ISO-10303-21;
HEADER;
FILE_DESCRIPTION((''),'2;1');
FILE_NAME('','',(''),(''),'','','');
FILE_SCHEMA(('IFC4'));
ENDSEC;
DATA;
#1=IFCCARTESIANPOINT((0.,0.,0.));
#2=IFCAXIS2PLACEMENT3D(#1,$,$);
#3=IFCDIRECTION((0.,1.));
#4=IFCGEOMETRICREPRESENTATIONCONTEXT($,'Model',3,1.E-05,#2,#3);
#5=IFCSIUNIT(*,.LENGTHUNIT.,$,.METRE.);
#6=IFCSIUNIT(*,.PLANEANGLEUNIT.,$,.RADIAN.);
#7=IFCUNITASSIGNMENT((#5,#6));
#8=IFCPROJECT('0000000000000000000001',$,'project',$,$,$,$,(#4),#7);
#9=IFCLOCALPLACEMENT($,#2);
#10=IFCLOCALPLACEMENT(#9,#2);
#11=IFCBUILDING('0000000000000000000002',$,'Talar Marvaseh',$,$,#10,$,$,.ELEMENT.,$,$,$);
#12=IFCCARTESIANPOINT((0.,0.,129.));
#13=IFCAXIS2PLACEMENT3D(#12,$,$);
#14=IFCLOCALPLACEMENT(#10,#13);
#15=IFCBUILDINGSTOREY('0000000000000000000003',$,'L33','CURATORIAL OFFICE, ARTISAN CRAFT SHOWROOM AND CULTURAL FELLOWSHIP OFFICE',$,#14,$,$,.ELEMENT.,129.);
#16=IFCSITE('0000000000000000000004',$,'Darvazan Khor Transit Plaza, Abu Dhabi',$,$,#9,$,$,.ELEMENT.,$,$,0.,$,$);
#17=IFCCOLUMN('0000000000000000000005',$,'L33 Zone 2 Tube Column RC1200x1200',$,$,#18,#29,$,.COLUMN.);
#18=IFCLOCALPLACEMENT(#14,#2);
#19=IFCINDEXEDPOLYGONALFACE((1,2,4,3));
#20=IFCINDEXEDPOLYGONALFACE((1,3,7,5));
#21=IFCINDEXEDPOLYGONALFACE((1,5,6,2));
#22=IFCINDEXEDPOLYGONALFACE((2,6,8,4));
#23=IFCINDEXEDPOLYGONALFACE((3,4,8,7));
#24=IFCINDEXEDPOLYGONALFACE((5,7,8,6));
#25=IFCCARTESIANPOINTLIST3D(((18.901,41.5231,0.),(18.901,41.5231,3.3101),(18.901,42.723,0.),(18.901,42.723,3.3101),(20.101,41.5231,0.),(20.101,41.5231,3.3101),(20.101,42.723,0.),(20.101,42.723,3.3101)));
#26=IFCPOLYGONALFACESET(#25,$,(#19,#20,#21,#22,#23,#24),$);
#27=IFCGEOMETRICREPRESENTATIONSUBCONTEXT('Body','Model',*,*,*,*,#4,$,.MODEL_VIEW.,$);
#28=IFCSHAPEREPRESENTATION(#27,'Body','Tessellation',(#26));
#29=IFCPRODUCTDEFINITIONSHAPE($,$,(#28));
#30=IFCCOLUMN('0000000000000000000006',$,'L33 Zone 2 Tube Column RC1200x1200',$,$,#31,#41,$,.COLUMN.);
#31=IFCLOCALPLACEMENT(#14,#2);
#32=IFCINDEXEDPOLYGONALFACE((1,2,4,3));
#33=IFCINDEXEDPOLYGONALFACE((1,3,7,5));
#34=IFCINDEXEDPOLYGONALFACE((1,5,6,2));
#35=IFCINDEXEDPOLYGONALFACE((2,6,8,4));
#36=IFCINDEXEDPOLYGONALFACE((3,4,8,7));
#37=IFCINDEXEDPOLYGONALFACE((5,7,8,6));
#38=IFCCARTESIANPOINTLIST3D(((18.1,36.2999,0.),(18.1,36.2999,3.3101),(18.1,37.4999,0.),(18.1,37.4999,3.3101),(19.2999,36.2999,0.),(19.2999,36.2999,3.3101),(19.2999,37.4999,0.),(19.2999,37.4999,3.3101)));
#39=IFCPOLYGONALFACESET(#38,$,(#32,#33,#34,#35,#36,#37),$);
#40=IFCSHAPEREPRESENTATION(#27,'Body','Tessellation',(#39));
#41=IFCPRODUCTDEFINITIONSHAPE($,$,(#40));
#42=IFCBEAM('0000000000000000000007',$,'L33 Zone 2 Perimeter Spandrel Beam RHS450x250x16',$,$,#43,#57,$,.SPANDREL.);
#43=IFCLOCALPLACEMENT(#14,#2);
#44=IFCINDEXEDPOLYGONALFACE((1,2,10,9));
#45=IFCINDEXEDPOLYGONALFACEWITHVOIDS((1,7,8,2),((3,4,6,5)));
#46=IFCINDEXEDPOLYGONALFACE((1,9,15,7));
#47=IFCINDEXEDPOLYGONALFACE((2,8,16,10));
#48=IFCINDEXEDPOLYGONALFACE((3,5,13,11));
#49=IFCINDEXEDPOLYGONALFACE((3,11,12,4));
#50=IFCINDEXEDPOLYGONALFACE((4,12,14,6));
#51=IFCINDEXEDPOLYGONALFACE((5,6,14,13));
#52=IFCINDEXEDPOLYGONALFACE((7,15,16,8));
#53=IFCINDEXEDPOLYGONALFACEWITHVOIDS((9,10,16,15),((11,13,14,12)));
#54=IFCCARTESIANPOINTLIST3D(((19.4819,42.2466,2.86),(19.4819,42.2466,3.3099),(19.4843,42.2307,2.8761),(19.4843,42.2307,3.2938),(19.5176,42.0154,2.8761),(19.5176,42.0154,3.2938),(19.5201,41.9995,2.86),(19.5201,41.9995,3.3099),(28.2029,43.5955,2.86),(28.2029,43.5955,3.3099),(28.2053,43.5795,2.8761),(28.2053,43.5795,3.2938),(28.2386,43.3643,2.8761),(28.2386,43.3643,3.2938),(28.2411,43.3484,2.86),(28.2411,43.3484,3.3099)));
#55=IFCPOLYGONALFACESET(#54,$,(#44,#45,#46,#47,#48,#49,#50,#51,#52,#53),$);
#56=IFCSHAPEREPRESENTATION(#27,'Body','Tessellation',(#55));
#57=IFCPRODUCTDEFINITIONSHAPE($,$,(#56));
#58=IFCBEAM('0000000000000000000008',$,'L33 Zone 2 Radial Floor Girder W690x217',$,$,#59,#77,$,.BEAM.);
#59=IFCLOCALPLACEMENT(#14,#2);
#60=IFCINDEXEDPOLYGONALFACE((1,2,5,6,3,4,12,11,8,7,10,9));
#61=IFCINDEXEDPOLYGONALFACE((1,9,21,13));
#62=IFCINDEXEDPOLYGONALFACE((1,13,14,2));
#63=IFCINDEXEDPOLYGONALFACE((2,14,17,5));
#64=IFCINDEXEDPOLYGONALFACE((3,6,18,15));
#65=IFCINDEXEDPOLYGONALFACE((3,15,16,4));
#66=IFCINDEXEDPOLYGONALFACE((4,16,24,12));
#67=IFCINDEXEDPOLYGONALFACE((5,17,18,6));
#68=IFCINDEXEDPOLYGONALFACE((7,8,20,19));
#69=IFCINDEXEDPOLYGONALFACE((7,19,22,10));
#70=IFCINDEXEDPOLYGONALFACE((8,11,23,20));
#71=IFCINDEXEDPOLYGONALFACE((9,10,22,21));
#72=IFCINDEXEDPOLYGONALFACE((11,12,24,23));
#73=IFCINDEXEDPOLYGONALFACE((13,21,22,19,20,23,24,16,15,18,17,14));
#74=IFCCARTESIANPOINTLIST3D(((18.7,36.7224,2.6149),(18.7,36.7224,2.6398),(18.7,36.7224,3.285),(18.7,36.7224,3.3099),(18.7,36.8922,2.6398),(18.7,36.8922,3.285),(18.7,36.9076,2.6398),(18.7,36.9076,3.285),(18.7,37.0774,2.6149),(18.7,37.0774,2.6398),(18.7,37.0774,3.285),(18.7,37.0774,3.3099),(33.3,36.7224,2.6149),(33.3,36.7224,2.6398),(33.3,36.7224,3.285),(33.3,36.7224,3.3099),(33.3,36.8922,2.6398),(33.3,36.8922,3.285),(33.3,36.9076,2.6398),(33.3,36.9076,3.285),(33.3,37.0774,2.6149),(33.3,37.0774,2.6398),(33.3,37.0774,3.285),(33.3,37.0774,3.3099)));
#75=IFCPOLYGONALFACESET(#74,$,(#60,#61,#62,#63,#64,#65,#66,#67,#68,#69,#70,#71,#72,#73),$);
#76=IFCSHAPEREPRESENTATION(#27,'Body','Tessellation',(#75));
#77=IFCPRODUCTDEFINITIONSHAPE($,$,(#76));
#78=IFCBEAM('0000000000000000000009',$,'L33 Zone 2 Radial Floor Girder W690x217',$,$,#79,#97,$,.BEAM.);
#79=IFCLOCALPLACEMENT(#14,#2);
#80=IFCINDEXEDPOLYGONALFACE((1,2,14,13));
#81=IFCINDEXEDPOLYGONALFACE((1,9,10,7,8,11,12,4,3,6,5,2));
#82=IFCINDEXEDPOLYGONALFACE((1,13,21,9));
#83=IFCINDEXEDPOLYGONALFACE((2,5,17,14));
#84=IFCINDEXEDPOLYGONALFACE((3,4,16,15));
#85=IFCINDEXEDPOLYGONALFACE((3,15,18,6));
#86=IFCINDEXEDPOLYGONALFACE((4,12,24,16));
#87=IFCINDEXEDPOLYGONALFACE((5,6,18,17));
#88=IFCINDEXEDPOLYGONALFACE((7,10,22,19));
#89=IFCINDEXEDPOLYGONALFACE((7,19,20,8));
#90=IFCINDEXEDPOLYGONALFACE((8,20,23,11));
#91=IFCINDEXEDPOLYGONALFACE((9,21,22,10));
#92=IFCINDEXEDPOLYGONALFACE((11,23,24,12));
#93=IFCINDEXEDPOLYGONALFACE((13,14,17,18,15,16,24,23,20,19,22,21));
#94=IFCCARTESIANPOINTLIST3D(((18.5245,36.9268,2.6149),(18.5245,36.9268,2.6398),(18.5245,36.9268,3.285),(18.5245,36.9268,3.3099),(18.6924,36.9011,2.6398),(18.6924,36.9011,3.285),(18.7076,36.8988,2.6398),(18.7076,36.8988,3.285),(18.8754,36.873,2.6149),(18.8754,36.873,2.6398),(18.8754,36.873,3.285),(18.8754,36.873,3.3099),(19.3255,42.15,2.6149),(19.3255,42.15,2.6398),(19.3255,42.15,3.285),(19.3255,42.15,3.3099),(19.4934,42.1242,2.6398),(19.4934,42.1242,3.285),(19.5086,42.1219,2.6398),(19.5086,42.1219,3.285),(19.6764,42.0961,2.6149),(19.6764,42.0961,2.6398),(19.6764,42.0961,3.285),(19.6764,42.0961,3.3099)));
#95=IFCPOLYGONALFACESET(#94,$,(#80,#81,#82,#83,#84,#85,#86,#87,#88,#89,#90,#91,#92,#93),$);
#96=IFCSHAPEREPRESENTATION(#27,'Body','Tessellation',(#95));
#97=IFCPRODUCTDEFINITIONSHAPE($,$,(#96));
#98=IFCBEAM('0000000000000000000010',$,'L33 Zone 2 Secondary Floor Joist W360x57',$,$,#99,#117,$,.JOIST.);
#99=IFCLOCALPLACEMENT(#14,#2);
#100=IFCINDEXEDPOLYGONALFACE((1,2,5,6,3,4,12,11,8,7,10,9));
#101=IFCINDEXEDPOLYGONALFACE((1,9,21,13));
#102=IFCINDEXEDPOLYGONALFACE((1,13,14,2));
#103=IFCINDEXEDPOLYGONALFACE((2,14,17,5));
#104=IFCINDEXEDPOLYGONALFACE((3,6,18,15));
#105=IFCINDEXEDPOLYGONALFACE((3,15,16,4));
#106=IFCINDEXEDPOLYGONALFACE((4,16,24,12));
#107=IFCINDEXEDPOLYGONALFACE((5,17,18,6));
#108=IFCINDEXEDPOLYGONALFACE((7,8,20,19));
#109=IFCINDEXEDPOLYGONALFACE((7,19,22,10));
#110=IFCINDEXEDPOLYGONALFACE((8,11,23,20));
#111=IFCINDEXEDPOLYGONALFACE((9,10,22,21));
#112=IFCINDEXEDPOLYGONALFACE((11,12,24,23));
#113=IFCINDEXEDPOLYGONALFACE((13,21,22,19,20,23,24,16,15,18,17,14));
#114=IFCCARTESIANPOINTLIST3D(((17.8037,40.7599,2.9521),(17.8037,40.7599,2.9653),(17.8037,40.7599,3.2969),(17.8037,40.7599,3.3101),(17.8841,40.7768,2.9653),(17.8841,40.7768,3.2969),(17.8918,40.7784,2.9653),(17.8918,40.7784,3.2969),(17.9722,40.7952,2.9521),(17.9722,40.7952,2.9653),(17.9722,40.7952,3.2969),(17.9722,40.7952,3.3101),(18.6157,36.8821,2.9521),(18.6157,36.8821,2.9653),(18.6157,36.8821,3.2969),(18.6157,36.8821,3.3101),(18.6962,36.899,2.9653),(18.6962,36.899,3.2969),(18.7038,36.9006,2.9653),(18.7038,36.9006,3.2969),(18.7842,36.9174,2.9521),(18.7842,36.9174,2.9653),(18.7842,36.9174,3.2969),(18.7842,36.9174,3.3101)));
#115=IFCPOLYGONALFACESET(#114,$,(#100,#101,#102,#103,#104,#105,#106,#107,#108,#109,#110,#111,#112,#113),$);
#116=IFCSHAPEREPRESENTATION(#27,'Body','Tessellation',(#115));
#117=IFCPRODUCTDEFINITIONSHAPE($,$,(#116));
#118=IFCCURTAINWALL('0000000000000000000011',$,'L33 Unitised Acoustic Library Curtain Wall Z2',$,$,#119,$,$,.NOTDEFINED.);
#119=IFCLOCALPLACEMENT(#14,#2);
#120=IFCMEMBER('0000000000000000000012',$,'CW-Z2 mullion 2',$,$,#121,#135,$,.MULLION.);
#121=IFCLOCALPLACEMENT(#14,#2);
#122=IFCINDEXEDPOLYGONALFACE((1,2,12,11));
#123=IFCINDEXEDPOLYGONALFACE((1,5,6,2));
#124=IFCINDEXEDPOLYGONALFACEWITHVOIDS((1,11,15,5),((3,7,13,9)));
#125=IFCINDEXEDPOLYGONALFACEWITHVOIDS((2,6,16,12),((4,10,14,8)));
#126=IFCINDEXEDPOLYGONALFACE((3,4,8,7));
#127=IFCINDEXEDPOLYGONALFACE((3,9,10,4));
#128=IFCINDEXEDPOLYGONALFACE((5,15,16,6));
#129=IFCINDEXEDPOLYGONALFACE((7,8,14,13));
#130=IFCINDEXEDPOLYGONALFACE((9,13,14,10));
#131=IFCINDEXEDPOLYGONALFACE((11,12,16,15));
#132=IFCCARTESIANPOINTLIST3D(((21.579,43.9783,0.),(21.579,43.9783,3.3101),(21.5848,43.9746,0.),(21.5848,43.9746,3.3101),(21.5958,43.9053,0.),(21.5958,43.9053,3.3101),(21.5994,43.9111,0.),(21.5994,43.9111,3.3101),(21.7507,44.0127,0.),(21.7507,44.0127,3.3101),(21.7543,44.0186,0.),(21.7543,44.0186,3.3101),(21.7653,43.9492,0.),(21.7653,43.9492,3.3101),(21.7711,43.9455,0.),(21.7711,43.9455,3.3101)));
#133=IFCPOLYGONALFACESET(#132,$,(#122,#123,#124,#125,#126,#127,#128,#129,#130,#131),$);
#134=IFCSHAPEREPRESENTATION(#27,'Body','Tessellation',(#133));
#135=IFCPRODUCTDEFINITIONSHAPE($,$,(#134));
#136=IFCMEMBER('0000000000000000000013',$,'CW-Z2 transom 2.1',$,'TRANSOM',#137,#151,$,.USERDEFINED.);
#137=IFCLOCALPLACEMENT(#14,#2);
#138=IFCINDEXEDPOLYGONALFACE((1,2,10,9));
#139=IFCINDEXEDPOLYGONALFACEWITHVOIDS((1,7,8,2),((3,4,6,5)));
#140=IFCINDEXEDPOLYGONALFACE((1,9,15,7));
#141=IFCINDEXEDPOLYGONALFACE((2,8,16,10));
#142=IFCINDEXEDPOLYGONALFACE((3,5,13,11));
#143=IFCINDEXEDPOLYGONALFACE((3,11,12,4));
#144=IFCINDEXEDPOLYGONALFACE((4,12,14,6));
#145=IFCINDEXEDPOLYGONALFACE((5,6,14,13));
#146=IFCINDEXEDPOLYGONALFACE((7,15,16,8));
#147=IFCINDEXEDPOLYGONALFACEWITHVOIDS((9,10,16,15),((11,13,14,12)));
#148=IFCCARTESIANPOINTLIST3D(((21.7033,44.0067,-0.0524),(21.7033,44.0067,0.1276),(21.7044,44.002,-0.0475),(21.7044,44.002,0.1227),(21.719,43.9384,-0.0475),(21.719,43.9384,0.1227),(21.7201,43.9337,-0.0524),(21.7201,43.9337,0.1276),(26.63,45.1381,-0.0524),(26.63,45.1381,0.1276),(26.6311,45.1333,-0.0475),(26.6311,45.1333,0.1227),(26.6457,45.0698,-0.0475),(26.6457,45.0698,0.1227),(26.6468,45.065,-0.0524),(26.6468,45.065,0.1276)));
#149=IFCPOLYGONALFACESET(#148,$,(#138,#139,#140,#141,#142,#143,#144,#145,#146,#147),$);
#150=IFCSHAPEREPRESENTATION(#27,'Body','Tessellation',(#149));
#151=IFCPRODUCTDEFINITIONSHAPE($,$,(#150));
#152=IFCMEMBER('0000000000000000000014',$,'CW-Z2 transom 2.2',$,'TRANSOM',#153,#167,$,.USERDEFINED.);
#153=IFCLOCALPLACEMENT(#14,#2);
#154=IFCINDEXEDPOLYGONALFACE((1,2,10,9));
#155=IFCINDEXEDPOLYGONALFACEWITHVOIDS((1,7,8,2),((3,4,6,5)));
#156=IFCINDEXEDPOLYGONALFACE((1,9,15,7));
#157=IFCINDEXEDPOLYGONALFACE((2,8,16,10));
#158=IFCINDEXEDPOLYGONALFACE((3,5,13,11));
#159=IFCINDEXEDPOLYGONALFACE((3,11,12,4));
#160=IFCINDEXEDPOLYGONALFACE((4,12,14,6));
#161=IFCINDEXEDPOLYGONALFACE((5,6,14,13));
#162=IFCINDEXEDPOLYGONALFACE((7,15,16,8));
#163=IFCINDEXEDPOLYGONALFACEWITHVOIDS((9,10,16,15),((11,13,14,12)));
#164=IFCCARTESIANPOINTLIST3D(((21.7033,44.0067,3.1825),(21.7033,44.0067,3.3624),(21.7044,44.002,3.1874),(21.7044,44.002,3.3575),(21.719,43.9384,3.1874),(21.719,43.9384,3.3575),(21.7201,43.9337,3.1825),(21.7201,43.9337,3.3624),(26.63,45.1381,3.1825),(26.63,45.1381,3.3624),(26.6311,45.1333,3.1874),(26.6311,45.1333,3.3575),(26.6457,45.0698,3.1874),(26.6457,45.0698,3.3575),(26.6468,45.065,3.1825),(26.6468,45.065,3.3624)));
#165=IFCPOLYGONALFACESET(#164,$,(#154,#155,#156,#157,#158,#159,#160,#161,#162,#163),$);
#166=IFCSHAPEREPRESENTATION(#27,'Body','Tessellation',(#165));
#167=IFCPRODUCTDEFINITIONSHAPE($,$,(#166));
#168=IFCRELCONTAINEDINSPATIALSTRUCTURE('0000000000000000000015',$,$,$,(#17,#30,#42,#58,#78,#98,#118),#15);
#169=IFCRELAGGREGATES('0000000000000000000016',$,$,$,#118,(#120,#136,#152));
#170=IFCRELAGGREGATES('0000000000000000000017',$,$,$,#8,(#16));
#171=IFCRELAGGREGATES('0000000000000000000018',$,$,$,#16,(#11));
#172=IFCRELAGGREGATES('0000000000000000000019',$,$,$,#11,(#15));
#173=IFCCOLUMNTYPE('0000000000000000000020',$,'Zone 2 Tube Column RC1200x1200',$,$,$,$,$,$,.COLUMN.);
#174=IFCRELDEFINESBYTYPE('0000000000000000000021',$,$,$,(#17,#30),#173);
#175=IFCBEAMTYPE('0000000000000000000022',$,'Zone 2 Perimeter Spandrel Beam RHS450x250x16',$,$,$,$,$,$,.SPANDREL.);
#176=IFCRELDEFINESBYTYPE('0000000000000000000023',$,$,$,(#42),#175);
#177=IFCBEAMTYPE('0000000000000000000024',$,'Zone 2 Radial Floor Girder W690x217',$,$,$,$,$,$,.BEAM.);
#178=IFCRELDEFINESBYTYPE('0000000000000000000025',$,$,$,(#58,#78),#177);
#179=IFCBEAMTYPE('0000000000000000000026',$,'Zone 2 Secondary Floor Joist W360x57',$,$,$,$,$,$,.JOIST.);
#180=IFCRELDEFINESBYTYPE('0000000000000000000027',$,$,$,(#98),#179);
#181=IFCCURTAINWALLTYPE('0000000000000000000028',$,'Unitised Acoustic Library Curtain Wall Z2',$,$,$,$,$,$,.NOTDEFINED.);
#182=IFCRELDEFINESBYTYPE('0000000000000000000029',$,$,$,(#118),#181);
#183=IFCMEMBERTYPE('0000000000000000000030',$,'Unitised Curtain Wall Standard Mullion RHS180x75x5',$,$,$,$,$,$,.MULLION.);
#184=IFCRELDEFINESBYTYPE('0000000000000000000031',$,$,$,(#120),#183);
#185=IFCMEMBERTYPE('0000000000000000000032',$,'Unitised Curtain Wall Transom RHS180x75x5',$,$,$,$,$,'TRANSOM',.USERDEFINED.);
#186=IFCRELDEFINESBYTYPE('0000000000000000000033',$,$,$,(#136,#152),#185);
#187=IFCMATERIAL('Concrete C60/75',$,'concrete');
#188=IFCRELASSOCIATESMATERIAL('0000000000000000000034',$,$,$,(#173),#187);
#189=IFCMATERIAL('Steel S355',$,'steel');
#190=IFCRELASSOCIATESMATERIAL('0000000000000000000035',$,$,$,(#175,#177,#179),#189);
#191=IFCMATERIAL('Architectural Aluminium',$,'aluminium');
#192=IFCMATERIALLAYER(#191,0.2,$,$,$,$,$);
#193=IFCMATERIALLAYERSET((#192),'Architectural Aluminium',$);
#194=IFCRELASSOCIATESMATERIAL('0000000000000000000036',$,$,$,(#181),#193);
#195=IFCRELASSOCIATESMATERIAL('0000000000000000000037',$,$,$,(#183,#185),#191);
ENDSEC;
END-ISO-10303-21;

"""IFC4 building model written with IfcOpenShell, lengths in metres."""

from ifc_helpers import new_model, si_unit, direction, frame, origin, origin_2d, place, context, subcontext, project, spatial, rectangle, hollow_rectangle, i_section, extrude, source, transform, mapped, material, layer, layer_set, material_profile, profile_set, type_object, type_shapes, element, aggregate, save


model = new_model("IFC4")

# Units and contexts
model_context = context("Model", 3, precision=1e-05, world=origin(), true_north=direction((0.0, 1.0)))
body_context = subcontext(model_context, "Body", "Model", "MODEL_VIEW")
ifc_project = project(units=[si_unit("LENGTHUNIT", "METRE"), si_unit("PLANEANGLEUNIT", "RADIAN")], contexts=[model_context])

# Site, building, storey
site_placement = place(None, origin())
site = spatial("IfcSite", under=ifc_project, at=site_placement, Name="Darvazan Khor Transit Plaza, Abu Dhabi", CompositionType="ELEMENT", RefElevation=0.0)
building_placement = place(site_placement, origin())
building = spatial("IfcBuilding", under=site, at=building_placement, Name="Talar Marvaseh", CompositionType="ELEMENT")
storey_placement = place(building_placement, frame((0.0, 0.0, 129.0)))
storey = spatial("IfcBuildingStorey", under=building, at=storey_placement, Name="L33", Description="CURATORIAL OFFICE, ARTISAN CRAFT SHOWROOM AND CULTURAL FELLOWSHIP OFFICE", CompositionType="ELEMENT", Elevation=129.0)

# Columns
ifc_material_1 = material(Name="Concrete C60/75", Category="concrete")
ifc_material_profile_1 = material_profile(ifc_material_1, rectangle(XDim=1.2, YDim=1.2, at=origin_2d()), Name="RC1200x1200")
ifc_profile_set_1 = profile_set([ifc_material_profile_1], Name="Concrete C60/75")
column_type = type_object("IfcColumnType", Name="Zone 2 Tube Column RC1200x1200", PredefinedType="COLUMN", material=ifc_profile_set_1)
for number, where, z_axis, x_axis, name in (
    (1, (19.501, 42.123, 0.0), (0.0, 0.0, 1.0), (1.0, 0.0, 0.0), "L33 Zone 2 Tube Column RC1200x1200"),
    (2, (18.7, 36.8999, 0.0), (0.0, 0.0, 1.0), (1.0, 0.0, 0.0), "L33 Zone 2 Tube Column RC1200x1200"),
):
    element("IfcColumn", number, at=place(storey_placement, frame(where, z_axis=z_axis, x_axis=x_axis)), inside=storey, type_object=column_type, Name=name, PredefinedType="COLUMN", context=body_context, shape_type="SweptSolid", body=[
        extrude(rectangle(XDim=1.2, YDim=1.2, at=origin_2d()), origin(), (0.0, 0.0, 1.0), 3.3101),
    ])

# Beams
ifc_material_2 = material(Name="Steel S355", Category="steel")
ifc_material_profile_2 = material_profile(ifc_material_2, hollow_rectangle(XDim=0.25, YDim=0.45, WallThickness=0.0161, at=origin_2d()), Name="RHS450x250x16")
ifc_profile_set_2 = profile_set([ifc_material_profile_2], Name="Steel S355")
beam_type_1 = type_object("IfcBeamType", Name="Zone 2 Perimeter Spandrel Beam RHS450x250x16", PredefinedType="SPANDREL", material=ifc_profile_set_2)
beam_1_placement = place(storey_placement, frame((19.501, 42.123, 3.085), z_axis=(0.988249, 0.152853, 0.0), x_axis=(-0.152853, 0.988249, 0.0)))
element("IfcBeam", 3, at=beam_1_placement, inside=storey, type_object=beam_type_1, Name="L33 Zone 2 Perimeter Spandrel Beam RHS450x250x16", PredefinedType="SPANDREL", context=body_context, shape_type="SweptSolid", body=[
    extrude(hollow_rectangle(XDim=0.25, YDim=0.45, WallThickness=0.0161, at=origin_2d()), origin(), (0.0, 0.0, 1.0), 8.8247),
])
ifc_material_profile_3 = material_profile(ifc_material_2, i_section(OverallWidth=0.355, OverallDepth=0.6951, WebThickness=0.0154, FlangeThickness=0.0249, at=origin_2d()), Name="W690x217")
ifc_profile_set_3 = profile_set([ifc_material_profile_3], Name="Steel S355")
beam_type_2 = type_object("IfcBeamType", Name="Zone 2 Radial Floor Girder W690x217", PredefinedType="BEAM", material=ifc_profile_set_3)
beam_2_placement = place(storey_placement, frame((18.7, 36.8999, 2.9624), z_axis=(1.0, 0.0, 0.0), x_axis=(0.0, 1.0, 0.0)))
element("IfcBeam", 4, at=beam_2_placement, inside=storey, type_object=beam_type_2, Name="L33 Zone 2 Radial Floor Girder W690x217", PredefinedType="BEAM", context=body_context, shape_type="SweptSolid", body=[
    extrude(i_section(OverallWidth=0.355, OverallDepth=0.6951, WebThickness=0.0154, FlangeThickness=0.0249, at=origin_2d()), origin(), (0.0, 0.0, 1.0), 14.6001),
])
beam_3_placement = place(storey_placement, frame((19.501, 42.123, 2.9624), z_axis=(-0.151588, -0.988444, 0.0), x_axis=(0.988444, -0.151588, 0.0)))
element("IfcBeam", 5, at=beam_3_placement, inside=storey, type_object=beam_type_2, Name="L33 Zone 2 Radial Floor Girder W690x217", PredefinedType="BEAM", context=body_context, shape_type="SweptSolid", body=[
    extrude(i_section(OverallWidth=0.355, OverallDepth=0.6951, WebThickness=0.0154, FlangeThickness=0.0249, at=origin_2d()), origin(), (0.0, 0.0, 1.0), 5.2842),
])
ifc_material_profile_4 = material_profile(ifc_material_2, i_section(OverallWidth=0.1721, OverallDepth=0.3579, WebThickness=0.0078, FlangeThickness=0.0132, at=origin_2d()), Name="W360x57")
ifc_profile_set_4 = profile_set([ifc_material_profile_4], Name="Steel S355")
beam_type_3 = type_object("IfcBeamType", Name="Zone 2 Secondary Floor Joist W360x57", PredefinedType="JOIST", material=ifc_profile_set_4)
beam_4_placement = place(storey_placement, frame((17.8879, 40.7776, 3.1311), z_axis=(0.204961, -0.97877, 0.0), x_axis=(0.97877, 0.204961, 0.0)))
element("IfcBeam", 6, at=beam_4_placement, inside=storey, type_object=beam_type_3, Name="L33 Zone 2 Secondary Floor Joist W360x57", PredefinedType="JOIST", context=body_context, shape_type="SweptSolid", body=[
    extrude(i_section(OverallWidth=0.1721, OverallDepth=0.3579, WebThickness=0.0078, FlangeThickness=0.0132, at=origin_2d()), origin(), (0.0, 0.0, 1.0), 3.9619),
])

# Curtain wall, members
ifc_material_3 = material(Name="Architectural Aluminium", Category="aluminium")
ifc_layer_1 = layer(ifc_material_3, 0.2)
ifc_layer_set_1 = layer_set([ifc_layer_1], Name="Architectural Aluminium")
curtain_wall_type = type_object("IfcCurtainWallType", Name="Unitised Acoustic Library Curtain Wall Z2", PredefinedType="NOTDEFINED", material=ifc_layer_set_1)
curtain_wall_placement = place(storey_placement, origin())
curtain_wall = element("IfcCurtainWall", 7, at=curtain_wall_placement, inside=storey, type_object=curtain_wall_type, Name="L33 Unitised Acoustic Library Curtain Wall Z2", PredefinedType="NOTDEFINED")
ifc_material_profile_5 = material_profile(ifc_material_3, hollow_rectangle(XDim=0.075, YDim=0.1799, WallThickness=0.0049, at=origin_2d()), Name="RHS180x75x5")
ifc_profile_set_5 = profile_set([ifc_material_profile_5], Name="Architectural Aluminium")
member_type_1 = type_object("IfcMemberType", Name="Unitised Curtain Wall Standard Mullion RHS180x75x5", PredefinedType="MULLION", material=ifc_profile_set_5)
shared_shape_1 = source(origin(), body_context, "Body", "SweptSolid", [
    extrude(hollow_rectangle(XDim=0.075, YDim=0.1799, WallThickness=0.0049, at=origin_2d()), origin(), (0.0, 0.0, 1.0), 3.3101),
])
type_shapes(member_type_1, [shared_shape_1])
member_1_placement = place(storey_placement, frame((21.675, 43.9619, 0.0), z_axis=(0.0, 0.0, 1.0), x_axis=(-0.223793, 0.974637, 0.0)))
member_1 = element("IfcMember", 8, at=member_1_placement, type_object=member_type_1, Name="CW-Z2 mullion 2", PredefinedType="MULLION", context=body_context, shape_type="MappedRepresentation", body=[
    mapped(shared_shape_1, transform((0.0, 0.0, 0.0), x_axis=(1.0, 0.0, 0.0), y_axis=(0.0, 1.0, 0.0), z_axis=(0.0, 0.0, 1.0), scale=1.0)),
])
ifc_material_profile_6 = material_profile(ifc_material_3, hollow_rectangle(XDim=0.075, YDim=0.1799, WallThickness=0.0049, at=origin_2d()), Name="RHS180x75x5")
ifc_profile_set_6 = profile_set([ifc_material_profile_6], Name="Architectural Aluminium")
member_type_2 = type_object("IfcMemberType", Name="Unitised Curtain Wall Transom RHS180x75x5", ElementType="TRANSOM", PredefinedType="USERDEFINED", material=ifc_profile_set_6)
shared_shape_2 = source(origin(), body_context, "Body", "SweptSolid", [
    extrude(hollow_rectangle(XDim=0.075, YDim=0.1799, WallThickness=0.0049, at=origin_2d()), origin(), (0.0, 0.0, 1.0), 5.0549),
])
member_2_placement = place(storey_placement, frame((21.7117, 43.9702, 0.0376), z_axis=(0.974633, 0.223808, 0.0), x_axis=(-0.223808, 0.974633, 0.0)))
member_2 = element("IfcMember", 9, at=member_2_placement, type_object=member_type_2, Name="CW-Z2 transom 2.1", ObjectType="TRANSOM", PredefinedType="USERDEFINED", context=body_context, shape_type="MappedRepresentation", body=[
    mapped(shared_shape_2, transform((0.0, 0.0, 0.0), x_axis=(1.0, 0.0, 0.0), y_axis=(0.0, 1.0, 0.0), z_axis=(0.0, 0.0, 1.0), scale=1.0)),
])
member_3_placement = place(storey_placement, frame((21.7117, 43.9702, 3.2725), z_axis=(0.974633, 0.223808, 0.0), x_axis=(-0.223808, 0.974633, 0.0)))
member_3 = element("IfcMember", 10, at=member_3_placement, type_object=member_type_2, Name="CW-Z2 transom 2.2", ObjectType="TRANSOM", PredefinedType="USERDEFINED", context=body_context, shape_type="MappedRepresentation", body=[
    mapped(shared_shape_2, transform((0.0, 0.0, 0.0), x_axis=(1.0, 0.0, 0.0), y_axis=(0.0, 1.0, 0.0), z_axis=(0.0, 0.0, 1.0), scale=1.0)),
])
aggregate(curtain_wall, [member_1, member_2, member_3])

save(model, "model.ifc")
